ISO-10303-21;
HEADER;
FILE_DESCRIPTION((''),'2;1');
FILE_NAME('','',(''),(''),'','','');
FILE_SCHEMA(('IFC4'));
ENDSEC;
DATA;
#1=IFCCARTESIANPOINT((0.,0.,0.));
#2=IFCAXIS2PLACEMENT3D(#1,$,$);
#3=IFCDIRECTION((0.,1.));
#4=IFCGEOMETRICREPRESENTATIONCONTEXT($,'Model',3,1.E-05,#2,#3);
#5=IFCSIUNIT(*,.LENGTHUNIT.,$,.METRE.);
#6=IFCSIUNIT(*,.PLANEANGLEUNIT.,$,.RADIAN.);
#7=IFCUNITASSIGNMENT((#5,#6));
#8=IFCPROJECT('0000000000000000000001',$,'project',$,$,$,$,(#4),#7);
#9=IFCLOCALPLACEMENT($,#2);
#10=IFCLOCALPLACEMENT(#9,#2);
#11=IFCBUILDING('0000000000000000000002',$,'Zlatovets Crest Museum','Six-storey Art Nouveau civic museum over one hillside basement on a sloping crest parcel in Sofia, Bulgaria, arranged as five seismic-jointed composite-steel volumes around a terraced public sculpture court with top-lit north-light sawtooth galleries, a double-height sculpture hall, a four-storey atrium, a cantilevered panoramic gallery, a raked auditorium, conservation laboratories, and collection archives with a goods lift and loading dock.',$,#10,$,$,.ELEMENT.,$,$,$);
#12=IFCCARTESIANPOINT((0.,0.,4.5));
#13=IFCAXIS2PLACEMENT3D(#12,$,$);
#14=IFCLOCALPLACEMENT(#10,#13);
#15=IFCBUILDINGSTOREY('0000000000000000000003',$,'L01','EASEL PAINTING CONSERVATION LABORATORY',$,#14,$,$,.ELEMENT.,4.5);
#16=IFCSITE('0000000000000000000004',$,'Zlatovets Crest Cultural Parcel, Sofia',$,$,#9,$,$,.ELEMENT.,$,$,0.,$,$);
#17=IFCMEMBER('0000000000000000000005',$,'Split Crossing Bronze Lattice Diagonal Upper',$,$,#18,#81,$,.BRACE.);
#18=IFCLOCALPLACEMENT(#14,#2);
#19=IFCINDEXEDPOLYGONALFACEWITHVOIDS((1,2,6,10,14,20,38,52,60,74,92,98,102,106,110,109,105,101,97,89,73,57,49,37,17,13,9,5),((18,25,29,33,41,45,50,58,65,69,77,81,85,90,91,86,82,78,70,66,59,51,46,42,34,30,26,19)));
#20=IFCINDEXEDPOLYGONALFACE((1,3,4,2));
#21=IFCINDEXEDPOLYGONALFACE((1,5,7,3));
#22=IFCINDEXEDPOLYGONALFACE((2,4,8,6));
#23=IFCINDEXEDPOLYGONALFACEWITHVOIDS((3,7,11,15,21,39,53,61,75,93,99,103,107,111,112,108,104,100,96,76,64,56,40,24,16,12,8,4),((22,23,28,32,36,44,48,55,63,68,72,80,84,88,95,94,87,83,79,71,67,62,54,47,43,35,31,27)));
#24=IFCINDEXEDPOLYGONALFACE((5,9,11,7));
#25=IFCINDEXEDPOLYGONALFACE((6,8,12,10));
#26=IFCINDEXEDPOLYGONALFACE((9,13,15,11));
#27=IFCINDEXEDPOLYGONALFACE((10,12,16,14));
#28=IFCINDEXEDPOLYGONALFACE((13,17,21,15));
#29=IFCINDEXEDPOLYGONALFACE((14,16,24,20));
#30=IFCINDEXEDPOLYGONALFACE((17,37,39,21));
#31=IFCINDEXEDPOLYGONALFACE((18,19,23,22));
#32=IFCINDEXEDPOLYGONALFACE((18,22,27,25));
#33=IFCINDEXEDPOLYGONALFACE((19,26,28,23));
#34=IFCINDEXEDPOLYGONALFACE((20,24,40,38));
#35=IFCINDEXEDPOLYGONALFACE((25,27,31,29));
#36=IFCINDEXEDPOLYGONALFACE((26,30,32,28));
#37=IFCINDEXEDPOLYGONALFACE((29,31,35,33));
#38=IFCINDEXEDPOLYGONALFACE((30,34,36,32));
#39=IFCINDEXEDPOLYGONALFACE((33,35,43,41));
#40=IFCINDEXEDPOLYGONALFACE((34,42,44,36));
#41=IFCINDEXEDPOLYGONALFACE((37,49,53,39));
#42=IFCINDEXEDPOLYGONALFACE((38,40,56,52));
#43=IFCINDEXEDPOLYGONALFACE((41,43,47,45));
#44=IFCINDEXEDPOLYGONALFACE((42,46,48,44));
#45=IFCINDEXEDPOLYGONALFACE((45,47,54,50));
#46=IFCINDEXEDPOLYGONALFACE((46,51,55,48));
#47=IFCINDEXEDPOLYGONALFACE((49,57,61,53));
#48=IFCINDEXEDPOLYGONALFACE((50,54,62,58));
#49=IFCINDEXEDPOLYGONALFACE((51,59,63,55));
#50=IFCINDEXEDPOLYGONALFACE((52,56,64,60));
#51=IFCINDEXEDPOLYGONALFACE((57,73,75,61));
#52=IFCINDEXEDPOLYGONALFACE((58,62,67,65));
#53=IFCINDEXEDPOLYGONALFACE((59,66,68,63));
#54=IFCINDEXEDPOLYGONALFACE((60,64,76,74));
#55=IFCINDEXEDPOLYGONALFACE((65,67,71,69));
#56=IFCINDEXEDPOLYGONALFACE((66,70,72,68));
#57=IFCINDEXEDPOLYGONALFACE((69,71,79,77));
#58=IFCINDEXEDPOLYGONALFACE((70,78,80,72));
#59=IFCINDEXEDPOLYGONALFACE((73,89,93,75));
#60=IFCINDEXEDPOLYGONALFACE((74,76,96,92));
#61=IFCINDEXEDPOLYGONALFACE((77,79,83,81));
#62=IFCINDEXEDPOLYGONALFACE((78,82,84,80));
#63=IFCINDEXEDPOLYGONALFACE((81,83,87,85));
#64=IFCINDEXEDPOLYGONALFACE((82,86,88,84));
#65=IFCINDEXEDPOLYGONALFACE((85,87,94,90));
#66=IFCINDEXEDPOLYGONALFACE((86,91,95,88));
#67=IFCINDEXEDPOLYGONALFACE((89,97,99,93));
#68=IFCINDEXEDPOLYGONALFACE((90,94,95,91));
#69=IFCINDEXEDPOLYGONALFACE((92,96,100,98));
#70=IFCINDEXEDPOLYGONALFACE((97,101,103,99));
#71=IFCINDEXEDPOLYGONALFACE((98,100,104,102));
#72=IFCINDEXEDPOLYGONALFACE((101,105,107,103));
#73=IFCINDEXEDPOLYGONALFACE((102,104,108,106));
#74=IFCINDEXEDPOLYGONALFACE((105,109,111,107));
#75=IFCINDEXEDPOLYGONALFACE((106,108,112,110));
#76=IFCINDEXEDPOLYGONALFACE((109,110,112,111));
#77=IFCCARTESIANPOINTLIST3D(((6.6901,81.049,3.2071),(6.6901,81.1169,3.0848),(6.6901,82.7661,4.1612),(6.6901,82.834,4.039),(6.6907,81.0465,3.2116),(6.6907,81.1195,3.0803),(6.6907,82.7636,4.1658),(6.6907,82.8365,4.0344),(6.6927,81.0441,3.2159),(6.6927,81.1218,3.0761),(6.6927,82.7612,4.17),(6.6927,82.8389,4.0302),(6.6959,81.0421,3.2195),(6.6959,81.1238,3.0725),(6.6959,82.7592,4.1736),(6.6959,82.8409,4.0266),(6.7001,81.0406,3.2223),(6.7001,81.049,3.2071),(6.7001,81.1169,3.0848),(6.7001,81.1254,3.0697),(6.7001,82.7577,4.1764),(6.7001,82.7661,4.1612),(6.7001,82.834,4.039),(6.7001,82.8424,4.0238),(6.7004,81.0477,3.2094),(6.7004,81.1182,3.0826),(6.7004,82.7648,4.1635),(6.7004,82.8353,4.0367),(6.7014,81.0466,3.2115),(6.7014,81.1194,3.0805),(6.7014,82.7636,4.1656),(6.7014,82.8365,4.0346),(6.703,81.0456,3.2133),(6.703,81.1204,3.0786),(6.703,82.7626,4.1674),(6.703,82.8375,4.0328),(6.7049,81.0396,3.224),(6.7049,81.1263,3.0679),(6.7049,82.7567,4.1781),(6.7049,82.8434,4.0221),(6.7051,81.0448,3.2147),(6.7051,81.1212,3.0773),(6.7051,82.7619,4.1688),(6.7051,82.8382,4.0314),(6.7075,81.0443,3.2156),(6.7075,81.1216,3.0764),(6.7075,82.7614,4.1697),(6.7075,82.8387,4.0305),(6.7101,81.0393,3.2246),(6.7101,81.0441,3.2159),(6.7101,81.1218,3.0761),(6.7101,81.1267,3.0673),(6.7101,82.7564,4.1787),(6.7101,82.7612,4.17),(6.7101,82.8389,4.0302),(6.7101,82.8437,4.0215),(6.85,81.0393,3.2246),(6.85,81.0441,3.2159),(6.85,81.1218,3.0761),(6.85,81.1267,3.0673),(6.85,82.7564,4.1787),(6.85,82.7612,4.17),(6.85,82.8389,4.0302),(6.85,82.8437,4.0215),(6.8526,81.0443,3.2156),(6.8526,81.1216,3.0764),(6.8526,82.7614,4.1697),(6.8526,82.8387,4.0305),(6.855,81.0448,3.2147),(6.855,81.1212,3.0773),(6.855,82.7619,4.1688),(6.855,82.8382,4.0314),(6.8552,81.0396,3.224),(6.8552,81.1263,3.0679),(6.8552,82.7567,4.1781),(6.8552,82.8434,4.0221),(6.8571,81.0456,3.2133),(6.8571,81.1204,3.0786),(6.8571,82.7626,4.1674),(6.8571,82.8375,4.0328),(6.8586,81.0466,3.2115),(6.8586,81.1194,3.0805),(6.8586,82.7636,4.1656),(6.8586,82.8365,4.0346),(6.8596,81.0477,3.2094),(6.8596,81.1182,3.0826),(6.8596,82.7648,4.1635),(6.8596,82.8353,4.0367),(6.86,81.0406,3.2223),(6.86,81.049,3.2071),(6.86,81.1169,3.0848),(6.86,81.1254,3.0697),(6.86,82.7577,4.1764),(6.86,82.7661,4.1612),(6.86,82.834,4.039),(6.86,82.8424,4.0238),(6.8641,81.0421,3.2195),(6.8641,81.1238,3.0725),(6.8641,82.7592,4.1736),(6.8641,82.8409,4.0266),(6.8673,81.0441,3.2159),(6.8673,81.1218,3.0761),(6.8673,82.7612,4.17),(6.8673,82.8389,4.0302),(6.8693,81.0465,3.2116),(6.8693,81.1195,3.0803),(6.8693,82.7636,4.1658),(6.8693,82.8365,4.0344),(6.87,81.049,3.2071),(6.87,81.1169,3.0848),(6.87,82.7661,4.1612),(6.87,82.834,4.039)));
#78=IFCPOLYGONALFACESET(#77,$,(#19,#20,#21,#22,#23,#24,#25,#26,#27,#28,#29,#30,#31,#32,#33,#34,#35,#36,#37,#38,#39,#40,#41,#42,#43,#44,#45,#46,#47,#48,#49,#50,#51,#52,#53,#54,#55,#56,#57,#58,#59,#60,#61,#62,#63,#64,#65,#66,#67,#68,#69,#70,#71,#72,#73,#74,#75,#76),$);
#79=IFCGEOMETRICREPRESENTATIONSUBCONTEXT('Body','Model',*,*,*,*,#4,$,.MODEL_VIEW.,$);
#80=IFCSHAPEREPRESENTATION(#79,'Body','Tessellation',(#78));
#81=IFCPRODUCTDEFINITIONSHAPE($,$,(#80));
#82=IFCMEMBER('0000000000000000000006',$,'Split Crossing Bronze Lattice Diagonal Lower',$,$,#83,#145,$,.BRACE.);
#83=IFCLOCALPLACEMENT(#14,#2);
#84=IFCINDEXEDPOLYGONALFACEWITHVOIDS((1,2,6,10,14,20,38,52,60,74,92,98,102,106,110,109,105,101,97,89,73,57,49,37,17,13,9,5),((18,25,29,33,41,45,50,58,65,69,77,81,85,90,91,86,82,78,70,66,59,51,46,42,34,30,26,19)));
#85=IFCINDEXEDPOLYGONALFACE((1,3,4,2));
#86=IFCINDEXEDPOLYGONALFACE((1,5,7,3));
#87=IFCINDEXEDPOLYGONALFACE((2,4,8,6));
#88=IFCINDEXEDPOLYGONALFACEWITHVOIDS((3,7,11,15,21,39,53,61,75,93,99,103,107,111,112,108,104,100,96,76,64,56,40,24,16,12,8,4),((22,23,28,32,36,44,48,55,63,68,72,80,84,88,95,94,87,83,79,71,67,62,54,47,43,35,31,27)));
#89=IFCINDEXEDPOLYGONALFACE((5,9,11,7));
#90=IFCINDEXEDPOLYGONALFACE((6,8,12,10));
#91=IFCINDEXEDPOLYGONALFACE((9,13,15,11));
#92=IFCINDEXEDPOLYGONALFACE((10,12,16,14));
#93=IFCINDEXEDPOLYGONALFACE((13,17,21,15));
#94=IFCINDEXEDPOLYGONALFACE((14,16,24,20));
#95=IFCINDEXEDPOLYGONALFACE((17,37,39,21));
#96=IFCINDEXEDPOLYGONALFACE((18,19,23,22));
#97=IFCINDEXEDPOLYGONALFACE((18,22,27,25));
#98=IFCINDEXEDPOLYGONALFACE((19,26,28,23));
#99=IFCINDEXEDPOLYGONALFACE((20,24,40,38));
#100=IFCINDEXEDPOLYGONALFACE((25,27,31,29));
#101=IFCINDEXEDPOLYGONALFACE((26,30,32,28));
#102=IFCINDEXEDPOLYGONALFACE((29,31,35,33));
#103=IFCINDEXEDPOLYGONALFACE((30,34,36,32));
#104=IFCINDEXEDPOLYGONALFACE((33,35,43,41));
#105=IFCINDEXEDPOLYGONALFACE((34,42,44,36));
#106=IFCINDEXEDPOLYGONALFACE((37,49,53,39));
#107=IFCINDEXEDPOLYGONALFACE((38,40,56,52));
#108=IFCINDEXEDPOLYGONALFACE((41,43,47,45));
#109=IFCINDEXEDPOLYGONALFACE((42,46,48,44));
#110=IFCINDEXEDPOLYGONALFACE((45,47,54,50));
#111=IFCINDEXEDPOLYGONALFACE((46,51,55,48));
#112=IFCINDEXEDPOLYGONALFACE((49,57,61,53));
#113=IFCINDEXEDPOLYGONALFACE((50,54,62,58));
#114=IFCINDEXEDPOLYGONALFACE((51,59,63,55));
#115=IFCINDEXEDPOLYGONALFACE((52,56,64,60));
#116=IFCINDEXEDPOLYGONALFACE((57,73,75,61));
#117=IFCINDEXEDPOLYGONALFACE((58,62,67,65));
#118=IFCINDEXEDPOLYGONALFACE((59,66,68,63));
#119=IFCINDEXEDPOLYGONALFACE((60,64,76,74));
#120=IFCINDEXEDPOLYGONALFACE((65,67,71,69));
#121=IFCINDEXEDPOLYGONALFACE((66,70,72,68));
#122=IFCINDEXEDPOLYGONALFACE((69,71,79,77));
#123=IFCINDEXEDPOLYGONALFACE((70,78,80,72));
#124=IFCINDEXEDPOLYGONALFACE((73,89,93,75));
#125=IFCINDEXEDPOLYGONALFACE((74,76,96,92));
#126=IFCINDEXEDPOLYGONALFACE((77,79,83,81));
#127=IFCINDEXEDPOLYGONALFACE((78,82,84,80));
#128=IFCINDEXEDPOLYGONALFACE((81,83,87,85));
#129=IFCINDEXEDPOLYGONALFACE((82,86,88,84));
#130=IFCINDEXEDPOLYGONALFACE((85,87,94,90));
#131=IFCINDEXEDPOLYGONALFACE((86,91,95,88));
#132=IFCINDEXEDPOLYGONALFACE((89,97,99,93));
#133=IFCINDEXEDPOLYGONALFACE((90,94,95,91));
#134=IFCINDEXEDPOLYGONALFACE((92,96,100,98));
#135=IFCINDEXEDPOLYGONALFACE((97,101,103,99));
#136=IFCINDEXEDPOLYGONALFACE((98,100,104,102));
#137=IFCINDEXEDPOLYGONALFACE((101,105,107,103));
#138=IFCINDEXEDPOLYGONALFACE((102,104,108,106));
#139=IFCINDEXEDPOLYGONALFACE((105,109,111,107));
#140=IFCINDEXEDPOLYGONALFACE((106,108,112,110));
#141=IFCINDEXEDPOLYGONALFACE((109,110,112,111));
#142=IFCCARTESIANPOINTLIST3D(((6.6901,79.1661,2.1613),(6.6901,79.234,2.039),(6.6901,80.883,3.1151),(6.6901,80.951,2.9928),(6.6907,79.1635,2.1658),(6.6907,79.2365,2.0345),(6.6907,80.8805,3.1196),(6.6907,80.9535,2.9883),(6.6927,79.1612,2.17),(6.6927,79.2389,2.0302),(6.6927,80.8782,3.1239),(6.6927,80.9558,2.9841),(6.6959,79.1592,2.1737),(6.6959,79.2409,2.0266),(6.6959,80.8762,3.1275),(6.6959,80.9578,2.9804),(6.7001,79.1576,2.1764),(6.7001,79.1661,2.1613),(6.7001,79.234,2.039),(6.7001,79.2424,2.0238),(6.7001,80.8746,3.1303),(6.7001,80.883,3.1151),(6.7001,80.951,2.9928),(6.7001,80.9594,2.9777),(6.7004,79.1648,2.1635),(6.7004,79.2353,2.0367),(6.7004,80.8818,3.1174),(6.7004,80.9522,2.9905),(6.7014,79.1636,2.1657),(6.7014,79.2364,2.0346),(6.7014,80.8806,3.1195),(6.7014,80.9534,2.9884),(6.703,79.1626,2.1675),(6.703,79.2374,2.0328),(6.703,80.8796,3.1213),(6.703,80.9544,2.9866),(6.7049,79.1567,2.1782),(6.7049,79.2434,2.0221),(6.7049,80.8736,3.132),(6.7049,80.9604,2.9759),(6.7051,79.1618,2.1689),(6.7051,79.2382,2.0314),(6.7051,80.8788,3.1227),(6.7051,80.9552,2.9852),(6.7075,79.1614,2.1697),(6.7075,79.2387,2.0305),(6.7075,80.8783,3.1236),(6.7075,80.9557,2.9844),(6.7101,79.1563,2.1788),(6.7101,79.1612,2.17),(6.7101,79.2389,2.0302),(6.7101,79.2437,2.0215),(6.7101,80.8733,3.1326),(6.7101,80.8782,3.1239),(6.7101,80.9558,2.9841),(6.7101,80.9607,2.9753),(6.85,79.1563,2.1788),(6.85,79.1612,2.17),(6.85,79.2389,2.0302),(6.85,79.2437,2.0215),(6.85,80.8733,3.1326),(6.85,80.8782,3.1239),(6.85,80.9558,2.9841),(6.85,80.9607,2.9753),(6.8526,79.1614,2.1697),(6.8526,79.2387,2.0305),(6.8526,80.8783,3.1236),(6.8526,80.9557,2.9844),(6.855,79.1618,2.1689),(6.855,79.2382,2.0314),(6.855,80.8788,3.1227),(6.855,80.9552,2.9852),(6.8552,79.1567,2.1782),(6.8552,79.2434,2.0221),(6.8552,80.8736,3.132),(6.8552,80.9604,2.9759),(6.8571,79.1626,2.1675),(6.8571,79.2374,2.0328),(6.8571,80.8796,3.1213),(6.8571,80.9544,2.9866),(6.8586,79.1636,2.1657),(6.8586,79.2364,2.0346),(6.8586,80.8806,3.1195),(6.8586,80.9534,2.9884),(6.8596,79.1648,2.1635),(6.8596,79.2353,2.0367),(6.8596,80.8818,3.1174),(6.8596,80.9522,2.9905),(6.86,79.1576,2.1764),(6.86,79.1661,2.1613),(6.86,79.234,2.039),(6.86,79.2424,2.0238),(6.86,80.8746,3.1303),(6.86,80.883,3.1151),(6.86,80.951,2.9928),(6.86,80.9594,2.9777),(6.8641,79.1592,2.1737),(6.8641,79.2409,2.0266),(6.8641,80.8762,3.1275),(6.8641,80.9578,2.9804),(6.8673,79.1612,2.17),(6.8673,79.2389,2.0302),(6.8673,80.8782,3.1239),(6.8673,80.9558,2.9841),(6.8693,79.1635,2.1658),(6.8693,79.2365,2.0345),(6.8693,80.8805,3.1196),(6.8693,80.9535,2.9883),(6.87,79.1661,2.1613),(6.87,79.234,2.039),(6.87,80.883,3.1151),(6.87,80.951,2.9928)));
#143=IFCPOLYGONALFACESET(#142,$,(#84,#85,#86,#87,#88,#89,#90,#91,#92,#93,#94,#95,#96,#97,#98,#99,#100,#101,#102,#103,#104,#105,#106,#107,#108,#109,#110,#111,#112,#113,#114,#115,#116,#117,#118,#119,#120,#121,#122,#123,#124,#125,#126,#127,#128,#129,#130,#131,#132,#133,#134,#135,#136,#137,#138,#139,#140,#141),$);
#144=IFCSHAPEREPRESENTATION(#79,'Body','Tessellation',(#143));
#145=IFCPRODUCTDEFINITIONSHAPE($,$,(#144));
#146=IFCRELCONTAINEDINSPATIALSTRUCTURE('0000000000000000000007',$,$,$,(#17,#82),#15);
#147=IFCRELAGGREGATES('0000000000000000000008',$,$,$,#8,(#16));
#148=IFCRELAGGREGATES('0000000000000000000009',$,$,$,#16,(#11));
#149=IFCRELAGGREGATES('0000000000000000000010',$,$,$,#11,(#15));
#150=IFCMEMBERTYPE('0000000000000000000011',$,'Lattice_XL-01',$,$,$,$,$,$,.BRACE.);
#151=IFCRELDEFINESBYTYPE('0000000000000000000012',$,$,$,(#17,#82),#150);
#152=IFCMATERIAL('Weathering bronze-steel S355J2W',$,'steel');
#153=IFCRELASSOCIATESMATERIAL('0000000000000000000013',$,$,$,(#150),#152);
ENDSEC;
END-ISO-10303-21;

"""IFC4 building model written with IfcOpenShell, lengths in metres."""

from ifc_helpers import new_model, si_unit, direction, frame, origin, origin_2d, place, context, subcontext, project, spatial, hollow_rectangle, extrude, material, material_profile, profile_set, type_object, element, save


model = new_model("IFC4")

# Units and contexts
model_context = context("Model", 3, precision=1e-05, world=origin(), true_north=direction((0.0, 1.0)))
body_context = subcontext(model_context, "Body", "Model", "MODEL_VIEW")
ifc_project = project(units=[si_unit("LENGTHUNIT", "METRE"), si_unit("PLANEANGLEUNIT", "RADIAN")], contexts=[model_context])

# Site, building, storey
site_placement = place(None, origin())
site = spatial("IfcSite", under=ifc_project, at=site_placement, Name="Zlatovets Crest Cultural Parcel, Sofia", CompositionType="ELEMENT", RefElevation=0.0)
building_placement = place(site_placement, origin())
building = spatial("IfcBuilding", under=site, at=building_placement, Name="Zlatovets Crest Museum", Description="Six-storey Art Nouveau civic museum over one hillside basement on a sloping crest parcel in Sofia, Bulgaria, arranged as five seismic-jointed composite-steel volumes around a terraced public sculpture court with top-lit north-light sawtooth galleries, a double-height sculpture hall, a four-storey atrium, a cantilevered panoramic gallery, a raked auditorium, conservation laboratories, and collection archives with a goods lift and loading dock.", CompositionType="ELEMENT")
storey_placement = place(building_placement, frame((0.0, 0.0, 4.5)))
storey = spatial("IfcBuildingStorey", under=building, at=storey_placement, Name="L01", Description="EASEL PAINTING CONSERVATION LABORATORY", CompositionType="ELEMENT", Elevation=4.5)

# Members
ifc_material_1 = material(Name="Weathering bronze-steel S355J2W", Category="steel")
ifc_material_profile_1 = material_profile(ifc_material_1, hollow_rectangle(XDim=0.1799, YDim=0.1799, WallThickness=0.01, InnerFilletRadius=0.01, OuterFilletRadius=0.02, at=origin_2d()), Name="SHS 180x180x10.0")
ifc_profile_set_1 = profile_set([ifc_material_profile_1], Name="Weathering bronze-steel S355J2W")
member_type_1 = type_object("IfcMemberType", Name="Lattice_XL-01", PredefinedType="BRACE", material=ifc_profile_set_1)
member_1_placement = place(storey_placement, frame((6.78, 82.8, 4.1001), z_axis=(0.0, -0.874116, -0.485717), x_axis=(1.0, 0.0, 0.0)))
element("IfcMember", 1, at=member_1_placement, inside=storey, type_object=member_type_1, Name="Split Crossing Bronze Lattice Diagonal Upper", PredefinedType="BRACE", context=body_context, shape_type="SweptSolid", body=[
    extrude(hollow_rectangle(XDim=0.1799, YDim=0.1799, WallThickness=0.01, InnerFilletRadius=0.01, OuterFilletRadius=0.02, at=origin_2d()), origin(), (0.0, 0.0, 1.0), 1.9644),
])
member_2_placement = place(storey_placement, frame((6.78, 80.917, 3.054), z_axis=(0.0, -0.874169, -0.485622), x_axis=(1.0, 0.0, 0.0)))
element("IfcMember", 2, at=member_2_placement, inside=storey, type_object=member_type_1, Name="Split Crossing Bronze Lattice Diagonal Lower", PredefinedType="BRACE", context=body_context, shape_type="SweptSolid", body=[
    extrude(hollow_rectangle(XDim=0.1799, YDim=0.1799, WallThickness=0.01, InnerFilletRadius=0.01, OuterFilletRadius=0.02, at=origin_2d()), origin(), (0.0, 0.0, 1.0), 1.9641),
])

save(model, "model.ifc")
